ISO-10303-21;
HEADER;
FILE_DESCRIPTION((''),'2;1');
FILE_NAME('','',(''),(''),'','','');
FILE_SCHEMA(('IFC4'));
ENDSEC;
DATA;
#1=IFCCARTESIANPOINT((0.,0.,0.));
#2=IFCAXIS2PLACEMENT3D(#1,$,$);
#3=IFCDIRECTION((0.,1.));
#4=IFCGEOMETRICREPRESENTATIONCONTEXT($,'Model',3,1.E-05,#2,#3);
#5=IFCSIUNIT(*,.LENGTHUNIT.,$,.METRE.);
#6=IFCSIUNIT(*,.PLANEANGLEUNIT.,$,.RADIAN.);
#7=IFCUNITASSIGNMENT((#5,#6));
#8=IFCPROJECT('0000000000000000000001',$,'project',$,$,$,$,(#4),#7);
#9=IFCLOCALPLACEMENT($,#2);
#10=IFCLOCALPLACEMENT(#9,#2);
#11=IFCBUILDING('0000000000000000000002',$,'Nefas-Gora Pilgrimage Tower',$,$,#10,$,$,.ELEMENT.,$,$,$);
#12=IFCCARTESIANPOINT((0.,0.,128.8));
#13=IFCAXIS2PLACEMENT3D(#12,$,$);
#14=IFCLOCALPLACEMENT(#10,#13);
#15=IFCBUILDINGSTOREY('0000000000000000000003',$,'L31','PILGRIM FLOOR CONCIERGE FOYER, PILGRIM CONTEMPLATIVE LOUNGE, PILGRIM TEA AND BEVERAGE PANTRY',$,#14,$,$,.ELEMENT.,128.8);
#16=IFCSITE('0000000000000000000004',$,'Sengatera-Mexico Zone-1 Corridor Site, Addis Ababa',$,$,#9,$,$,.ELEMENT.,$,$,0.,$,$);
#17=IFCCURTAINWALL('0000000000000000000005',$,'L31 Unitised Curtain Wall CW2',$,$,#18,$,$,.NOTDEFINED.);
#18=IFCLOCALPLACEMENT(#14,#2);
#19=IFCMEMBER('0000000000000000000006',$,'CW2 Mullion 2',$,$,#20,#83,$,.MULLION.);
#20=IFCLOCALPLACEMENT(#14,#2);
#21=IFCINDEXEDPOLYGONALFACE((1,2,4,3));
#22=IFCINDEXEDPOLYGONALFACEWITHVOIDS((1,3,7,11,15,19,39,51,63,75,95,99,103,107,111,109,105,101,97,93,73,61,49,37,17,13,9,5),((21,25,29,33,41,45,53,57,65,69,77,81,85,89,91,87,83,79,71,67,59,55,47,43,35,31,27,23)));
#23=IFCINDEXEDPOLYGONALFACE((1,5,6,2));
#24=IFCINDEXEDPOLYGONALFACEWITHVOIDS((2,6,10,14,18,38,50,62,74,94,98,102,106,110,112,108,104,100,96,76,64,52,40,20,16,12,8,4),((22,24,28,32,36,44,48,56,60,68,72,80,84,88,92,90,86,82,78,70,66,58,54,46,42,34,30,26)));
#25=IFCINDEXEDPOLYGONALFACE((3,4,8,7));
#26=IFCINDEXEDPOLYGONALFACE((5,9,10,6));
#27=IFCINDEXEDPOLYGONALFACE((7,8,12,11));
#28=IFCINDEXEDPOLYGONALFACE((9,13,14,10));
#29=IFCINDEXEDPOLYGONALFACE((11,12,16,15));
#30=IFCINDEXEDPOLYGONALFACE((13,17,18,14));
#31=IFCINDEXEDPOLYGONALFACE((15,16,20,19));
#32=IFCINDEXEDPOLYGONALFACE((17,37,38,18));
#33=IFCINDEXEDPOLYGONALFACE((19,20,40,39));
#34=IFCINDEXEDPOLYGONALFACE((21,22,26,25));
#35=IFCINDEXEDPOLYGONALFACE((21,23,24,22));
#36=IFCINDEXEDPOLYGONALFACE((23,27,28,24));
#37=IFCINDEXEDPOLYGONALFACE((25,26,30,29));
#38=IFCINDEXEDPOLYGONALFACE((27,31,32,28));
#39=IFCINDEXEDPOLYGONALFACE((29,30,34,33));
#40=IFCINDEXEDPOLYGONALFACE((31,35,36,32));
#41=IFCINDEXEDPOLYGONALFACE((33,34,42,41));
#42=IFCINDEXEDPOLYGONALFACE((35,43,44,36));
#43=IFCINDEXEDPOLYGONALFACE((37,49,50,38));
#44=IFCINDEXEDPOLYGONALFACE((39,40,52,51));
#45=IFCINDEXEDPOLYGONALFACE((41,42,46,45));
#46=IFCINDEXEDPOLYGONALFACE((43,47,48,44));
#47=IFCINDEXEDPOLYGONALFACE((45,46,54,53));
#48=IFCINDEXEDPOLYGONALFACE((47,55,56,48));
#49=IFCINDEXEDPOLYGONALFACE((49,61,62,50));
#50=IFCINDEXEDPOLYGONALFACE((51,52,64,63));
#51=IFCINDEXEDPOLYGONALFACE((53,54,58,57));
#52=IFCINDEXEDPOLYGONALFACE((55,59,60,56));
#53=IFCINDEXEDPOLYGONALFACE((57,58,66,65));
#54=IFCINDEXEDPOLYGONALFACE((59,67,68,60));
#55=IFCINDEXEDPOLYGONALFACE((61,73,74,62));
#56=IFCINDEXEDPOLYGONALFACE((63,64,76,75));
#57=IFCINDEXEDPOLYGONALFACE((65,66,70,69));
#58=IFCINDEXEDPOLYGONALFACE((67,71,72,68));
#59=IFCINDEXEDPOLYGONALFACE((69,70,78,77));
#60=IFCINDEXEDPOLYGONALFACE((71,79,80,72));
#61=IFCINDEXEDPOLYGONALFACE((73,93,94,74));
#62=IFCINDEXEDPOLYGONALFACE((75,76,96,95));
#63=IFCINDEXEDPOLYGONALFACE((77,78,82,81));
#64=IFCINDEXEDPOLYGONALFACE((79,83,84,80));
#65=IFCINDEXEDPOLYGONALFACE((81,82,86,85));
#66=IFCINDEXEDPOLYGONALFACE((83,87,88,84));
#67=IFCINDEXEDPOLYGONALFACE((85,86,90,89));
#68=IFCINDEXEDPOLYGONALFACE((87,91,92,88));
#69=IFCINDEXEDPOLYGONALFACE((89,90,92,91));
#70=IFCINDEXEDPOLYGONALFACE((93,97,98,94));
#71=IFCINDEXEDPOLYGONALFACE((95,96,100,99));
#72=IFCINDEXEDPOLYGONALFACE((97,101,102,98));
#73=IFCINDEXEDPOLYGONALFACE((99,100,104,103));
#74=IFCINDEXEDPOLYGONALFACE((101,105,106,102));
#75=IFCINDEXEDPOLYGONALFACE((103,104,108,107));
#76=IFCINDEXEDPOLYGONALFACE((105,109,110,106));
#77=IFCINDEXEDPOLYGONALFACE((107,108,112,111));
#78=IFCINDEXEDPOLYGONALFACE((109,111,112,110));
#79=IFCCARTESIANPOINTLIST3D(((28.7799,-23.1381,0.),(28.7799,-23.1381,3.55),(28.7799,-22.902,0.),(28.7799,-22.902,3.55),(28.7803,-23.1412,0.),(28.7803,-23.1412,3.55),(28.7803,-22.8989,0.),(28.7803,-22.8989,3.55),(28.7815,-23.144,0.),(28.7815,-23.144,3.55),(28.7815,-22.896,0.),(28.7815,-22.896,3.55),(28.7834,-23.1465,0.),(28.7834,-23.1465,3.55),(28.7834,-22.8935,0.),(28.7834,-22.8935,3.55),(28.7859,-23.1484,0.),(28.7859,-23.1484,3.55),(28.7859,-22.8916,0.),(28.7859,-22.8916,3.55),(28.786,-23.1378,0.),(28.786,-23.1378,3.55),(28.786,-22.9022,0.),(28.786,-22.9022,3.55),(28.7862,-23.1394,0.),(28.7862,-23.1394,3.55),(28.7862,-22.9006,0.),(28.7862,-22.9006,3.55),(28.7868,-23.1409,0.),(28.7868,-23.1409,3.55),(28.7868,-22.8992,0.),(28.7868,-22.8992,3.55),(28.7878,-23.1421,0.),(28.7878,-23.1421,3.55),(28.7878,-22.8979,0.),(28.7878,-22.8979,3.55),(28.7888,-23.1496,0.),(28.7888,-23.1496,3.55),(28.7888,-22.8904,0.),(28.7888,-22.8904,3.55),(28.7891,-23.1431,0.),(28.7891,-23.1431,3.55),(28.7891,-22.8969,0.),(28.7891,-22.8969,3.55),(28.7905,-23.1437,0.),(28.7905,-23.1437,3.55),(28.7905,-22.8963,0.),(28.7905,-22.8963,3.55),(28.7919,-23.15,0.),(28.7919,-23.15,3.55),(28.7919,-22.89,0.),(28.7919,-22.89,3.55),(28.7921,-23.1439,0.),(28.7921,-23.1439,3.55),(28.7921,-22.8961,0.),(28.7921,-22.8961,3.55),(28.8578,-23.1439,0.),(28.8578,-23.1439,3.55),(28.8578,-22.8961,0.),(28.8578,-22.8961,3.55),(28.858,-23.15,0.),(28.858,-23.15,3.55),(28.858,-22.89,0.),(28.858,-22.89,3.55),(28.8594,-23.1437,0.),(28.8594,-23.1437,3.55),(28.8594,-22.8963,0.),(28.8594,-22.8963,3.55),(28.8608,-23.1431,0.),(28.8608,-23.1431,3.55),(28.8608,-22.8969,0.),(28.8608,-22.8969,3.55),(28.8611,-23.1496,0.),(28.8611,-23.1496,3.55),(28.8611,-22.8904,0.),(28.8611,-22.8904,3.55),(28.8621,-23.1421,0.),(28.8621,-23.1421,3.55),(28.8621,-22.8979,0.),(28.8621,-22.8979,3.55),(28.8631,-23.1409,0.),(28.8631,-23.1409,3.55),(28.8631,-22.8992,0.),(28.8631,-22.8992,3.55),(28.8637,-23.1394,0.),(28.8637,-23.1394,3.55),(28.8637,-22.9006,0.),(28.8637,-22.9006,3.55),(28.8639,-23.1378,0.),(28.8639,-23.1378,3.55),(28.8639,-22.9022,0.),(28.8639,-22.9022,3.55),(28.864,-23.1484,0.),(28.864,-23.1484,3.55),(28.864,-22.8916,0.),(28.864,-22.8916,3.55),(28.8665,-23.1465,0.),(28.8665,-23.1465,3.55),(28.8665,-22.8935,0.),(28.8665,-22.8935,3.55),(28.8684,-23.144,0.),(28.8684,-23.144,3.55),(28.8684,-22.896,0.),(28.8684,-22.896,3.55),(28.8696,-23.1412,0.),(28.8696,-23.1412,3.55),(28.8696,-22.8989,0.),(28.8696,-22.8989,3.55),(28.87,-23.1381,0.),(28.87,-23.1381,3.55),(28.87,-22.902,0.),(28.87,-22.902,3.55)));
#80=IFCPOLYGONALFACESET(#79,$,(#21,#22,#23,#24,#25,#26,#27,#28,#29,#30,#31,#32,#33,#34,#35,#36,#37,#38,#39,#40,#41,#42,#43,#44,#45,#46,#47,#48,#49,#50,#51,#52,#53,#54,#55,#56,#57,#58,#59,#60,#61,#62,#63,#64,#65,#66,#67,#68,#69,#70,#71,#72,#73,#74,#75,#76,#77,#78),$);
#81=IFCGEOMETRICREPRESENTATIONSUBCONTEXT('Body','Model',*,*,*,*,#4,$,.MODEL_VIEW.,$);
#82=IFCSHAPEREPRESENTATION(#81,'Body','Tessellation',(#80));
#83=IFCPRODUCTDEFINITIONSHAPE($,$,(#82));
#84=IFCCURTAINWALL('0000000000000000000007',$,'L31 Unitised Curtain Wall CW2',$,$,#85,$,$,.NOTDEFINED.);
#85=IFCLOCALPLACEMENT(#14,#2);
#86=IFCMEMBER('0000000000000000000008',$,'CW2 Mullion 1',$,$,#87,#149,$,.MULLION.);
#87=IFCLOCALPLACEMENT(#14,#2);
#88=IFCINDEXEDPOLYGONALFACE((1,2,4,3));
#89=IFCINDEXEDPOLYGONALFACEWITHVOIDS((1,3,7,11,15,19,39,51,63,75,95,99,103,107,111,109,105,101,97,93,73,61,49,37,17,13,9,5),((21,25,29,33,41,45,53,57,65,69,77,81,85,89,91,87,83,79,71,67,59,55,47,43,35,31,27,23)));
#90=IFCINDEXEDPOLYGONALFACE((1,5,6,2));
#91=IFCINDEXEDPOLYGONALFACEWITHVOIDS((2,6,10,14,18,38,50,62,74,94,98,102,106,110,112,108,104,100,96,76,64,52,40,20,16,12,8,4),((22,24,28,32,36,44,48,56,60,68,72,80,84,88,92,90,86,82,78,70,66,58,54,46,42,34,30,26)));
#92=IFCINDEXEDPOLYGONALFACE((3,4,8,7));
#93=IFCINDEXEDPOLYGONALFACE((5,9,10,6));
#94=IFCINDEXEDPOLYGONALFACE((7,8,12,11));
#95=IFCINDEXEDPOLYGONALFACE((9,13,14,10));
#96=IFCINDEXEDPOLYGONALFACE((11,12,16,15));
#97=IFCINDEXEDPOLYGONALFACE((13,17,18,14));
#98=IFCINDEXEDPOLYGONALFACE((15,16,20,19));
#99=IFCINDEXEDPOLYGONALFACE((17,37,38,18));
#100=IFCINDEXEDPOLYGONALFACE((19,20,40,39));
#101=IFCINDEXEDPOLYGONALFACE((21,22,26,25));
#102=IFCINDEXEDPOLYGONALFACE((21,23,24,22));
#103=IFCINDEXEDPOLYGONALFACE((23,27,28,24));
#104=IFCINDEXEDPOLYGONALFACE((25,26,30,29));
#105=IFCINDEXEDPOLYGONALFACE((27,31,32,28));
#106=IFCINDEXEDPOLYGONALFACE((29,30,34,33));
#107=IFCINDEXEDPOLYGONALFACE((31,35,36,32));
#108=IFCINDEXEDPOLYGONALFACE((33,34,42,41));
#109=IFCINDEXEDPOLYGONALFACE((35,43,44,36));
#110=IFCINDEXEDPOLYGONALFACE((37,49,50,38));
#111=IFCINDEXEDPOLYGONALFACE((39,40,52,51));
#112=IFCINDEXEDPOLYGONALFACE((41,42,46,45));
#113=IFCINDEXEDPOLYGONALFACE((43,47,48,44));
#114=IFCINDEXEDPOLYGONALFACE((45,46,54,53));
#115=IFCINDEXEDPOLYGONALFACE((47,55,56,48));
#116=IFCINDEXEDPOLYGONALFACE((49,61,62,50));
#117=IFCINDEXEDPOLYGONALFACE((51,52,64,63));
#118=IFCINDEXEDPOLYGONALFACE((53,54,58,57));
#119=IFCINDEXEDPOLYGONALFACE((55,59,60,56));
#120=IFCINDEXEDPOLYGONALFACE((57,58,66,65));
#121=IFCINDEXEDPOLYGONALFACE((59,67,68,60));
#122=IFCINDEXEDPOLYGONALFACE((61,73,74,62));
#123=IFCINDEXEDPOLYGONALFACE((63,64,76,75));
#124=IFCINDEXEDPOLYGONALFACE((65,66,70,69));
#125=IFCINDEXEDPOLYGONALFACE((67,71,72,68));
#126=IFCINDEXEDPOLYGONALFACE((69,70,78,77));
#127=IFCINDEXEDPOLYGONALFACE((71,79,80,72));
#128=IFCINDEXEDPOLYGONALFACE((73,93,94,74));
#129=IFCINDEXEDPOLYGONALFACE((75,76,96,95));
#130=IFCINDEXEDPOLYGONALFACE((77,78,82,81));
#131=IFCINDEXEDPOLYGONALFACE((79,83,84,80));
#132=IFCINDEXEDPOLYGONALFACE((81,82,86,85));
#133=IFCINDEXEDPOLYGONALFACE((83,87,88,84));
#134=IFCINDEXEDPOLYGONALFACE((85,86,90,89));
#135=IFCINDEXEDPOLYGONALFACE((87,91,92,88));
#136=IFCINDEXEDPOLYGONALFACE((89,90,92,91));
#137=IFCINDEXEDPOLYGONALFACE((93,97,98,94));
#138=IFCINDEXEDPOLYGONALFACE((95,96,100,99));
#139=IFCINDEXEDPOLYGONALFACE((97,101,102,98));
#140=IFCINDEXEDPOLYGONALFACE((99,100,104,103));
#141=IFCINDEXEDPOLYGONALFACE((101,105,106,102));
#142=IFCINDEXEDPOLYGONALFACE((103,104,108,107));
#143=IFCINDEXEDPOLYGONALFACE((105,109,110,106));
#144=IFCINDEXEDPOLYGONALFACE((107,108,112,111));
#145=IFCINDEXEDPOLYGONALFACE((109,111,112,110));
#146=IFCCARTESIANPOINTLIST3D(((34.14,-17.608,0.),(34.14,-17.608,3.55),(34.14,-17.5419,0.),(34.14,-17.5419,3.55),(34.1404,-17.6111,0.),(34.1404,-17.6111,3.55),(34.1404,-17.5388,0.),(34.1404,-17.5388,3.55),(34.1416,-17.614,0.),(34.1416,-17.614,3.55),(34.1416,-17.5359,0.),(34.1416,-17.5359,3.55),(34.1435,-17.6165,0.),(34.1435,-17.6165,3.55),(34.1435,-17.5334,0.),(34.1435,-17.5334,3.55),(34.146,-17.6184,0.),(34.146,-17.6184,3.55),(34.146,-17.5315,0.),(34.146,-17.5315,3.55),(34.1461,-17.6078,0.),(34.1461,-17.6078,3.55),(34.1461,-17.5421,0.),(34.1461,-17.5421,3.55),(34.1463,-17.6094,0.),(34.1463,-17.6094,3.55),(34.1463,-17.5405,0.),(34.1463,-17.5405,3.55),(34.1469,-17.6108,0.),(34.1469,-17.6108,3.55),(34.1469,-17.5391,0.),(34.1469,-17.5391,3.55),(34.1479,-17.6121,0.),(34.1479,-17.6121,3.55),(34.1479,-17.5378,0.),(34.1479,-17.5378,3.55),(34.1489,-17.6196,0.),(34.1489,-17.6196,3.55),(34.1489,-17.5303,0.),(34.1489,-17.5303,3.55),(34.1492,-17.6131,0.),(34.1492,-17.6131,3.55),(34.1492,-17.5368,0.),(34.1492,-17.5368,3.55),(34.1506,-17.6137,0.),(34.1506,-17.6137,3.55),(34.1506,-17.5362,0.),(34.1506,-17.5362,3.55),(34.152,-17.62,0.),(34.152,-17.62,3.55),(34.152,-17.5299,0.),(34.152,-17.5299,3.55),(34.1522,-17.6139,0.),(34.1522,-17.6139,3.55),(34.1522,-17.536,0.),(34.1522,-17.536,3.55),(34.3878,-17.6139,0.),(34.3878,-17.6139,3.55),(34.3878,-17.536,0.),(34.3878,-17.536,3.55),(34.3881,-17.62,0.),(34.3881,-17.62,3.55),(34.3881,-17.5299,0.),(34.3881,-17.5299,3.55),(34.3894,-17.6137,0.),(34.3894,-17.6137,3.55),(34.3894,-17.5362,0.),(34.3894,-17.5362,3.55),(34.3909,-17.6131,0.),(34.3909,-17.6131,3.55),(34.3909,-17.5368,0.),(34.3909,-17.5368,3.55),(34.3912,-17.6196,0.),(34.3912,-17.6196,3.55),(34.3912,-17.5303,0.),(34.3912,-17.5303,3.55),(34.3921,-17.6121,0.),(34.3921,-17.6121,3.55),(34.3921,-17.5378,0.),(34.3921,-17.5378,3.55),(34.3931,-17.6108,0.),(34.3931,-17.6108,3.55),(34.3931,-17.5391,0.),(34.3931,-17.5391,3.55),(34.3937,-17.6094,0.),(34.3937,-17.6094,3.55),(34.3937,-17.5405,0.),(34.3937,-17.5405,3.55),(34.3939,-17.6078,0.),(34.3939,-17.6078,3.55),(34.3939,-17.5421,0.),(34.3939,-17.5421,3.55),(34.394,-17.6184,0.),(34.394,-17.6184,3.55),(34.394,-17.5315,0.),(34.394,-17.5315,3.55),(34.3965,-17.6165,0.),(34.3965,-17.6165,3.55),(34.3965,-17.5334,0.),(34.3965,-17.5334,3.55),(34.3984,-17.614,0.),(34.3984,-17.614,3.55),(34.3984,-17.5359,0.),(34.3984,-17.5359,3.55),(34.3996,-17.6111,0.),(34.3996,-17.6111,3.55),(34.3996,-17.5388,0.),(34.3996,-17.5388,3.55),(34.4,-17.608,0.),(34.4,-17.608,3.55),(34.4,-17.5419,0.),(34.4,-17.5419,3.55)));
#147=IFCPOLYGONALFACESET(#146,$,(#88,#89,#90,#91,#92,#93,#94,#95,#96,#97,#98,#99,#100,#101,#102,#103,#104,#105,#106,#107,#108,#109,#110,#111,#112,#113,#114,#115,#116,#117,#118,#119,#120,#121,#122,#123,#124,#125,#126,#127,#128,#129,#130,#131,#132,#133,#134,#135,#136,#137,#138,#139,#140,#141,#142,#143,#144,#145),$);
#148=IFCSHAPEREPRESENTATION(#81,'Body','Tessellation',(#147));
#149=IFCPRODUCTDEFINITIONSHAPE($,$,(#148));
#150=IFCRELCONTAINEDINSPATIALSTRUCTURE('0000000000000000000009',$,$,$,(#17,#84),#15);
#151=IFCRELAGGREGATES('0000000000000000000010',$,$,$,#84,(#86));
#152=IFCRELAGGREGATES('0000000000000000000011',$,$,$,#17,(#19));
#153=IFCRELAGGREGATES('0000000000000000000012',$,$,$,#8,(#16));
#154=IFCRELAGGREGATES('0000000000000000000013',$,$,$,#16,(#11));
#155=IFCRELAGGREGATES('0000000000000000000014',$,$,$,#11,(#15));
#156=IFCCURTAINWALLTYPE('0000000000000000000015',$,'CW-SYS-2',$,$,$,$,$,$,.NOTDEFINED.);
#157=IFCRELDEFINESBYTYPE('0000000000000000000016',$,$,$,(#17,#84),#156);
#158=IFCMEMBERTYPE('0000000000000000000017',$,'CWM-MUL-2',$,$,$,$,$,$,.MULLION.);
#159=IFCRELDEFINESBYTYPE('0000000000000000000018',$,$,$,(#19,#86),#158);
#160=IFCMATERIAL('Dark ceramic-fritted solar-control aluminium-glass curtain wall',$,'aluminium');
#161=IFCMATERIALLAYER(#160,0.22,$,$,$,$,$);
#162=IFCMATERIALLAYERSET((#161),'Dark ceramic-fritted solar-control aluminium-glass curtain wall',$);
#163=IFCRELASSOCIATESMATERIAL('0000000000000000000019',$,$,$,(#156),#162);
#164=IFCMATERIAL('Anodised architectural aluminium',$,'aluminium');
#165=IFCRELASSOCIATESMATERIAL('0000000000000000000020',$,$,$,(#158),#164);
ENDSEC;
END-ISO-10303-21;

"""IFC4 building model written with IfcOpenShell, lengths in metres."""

from ifc_helpers import new_model, si_unit, direction, frame, origin, origin_2d, place, context, subcontext, project, spatial, hollow_rectangle, extrude, source, transform, mapped, material, layer, layer_set, material_profile, profile_set, type_object, element, aggregate, save


model = new_model("IFC4")

# Units and contexts
model_context = context("Model", 3, precision=1e-05, world=origin(), true_north=direction((0.0, 1.0)))
body_context = subcontext(model_context, "Body", "Model", "MODEL_VIEW")
ifc_project = project(units=[si_unit("LENGTHUNIT", "METRE"), si_unit("PLANEANGLEUNIT", "RADIAN")], contexts=[model_context])

# Site, building, storey
site_placement = place(None, origin())
site = spatial("IfcSite", under=ifc_project, at=site_placement, Name="Sengatera-Mexico Zone-1 Corridor Site, Addis Ababa", CompositionType="ELEMENT", RefElevation=0.0)
building_placement = place(site_placement, origin())
building = spatial("IfcBuilding", under=site, at=building_placement, Name="Nefas-Gora Pilgrimage Tower", CompositionType="ELEMENT")
storey_placement = place(building_placement, frame((0.0, 0.0, 128.8)))
storey = spatial("IfcBuildingStorey", under=building, at=storey_placement, Name="L31", Description="PILGRIM FLOOR CONCIERGE FOYER, PILGRIM CONTEMPLATIVE LOUNGE, PILGRIM TEA AND BEVERAGE PANTRY", CompositionType="ELEMENT", Elevation=128.8)

# Curtain wall, member
ifc_material_1 = material(Name="Dark ceramic-fritted solar-control aluminium-glass curtain wall", Category="aluminium")
ifc_layer_1 = layer(ifc_material_1, 0.22)
ifc_layer_set_1 = layer_set([ifc_layer_1], Name="Dark ceramic-fritted solar-control aluminium-glass curtain wall")
curtain_wall_type = type_object("IfcCurtainWallType", Name="CW-SYS-2", PredefinedType="NOTDEFINED", material=ifc_layer_set_1)
curtain_wall_1_placement = place(storey_placement, origin())
curtain_wall_1 = element("IfcCurtainWall", 1, at=curtain_wall_1_placement, inside=storey, type_object=curtain_wall_type, Name="L31 Unitised Curtain Wall CW2", PredefinedType="NOTDEFINED")
ifc_material_2 = material(Name="Anodised architectural aluminium", Category="aluminium")
ifc_material_profile_1 = material_profile(ifc_material_2, hollow_rectangle(XDim=0.0901, YDim=0.26, WallThickness=0.0061, InnerFilletRadius=0.0061, OuterFilletRadius=0.012, at=origin_2d()), Name="ALU MULLION 90x260")
ifc_profile_set_1 = profile_set([ifc_material_profile_1], Name="Anodised architectural aluminium")
member_type_1 = type_object("IfcMemberType", Name="CWM-MUL-2", PredefinedType="MULLION", material=ifc_profile_set_1)
shared_shape_1 = source(origin(), body_context, "Body", "SweptSolid", [
    extrude(hollow_rectangle(XDim=0.0901, YDim=0.26, WallThickness=0.0061, InnerFilletRadius=0.0061, OuterFilletRadius=0.012, at=origin_2d()), origin(), (0.0, 0.0, 1.0), 3.55),
])
member_1_placement = place(storey_placement, frame((28.825, -23.02, 0.0), z_axis=(0.0, 0.0, 1.0), x_axis=(1.0, 0.0, 0.0)))
member_1 = element("IfcMember", 2, at=member_1_placement, type_object=member_type_1, Name="CW2 Mullion 2", PredefinedType="MULLION", context=body_context, shape_type="MappedRepresentation", body=[
    mapped(shared_shape_1, transform((0.0, 0.0, 0.0), x_axis=(1.0, 0.0, 0.0), y_axis=(0.0, 1.0, 0.0), z_axis=(0.0, 0.0, 1.0), scale=1.0)),
])

# Curtain wall, member
curtain_wall_2_placement = place(storey_placement, origin())
curtain_wall_2 = element("IfcCurtainWall", 3, at=curtain_wall_2_placement, inside=storey, type_object=curtain_wall_type, Name="L31 Unitised Curtain Wall CW2", PredefinedType="NOTDEFINED")
member_2_placement = place(storey_placement, frame((34.27, -17.575, 0.0), z_axis=(0.0, 0.0, 1.0), x_axis=(0.0, 1.0, 0.0)))
member_2 = element("IfcMember", 4, at=member_2_placement, type_object=member_type_1, Name="CW2 Mullion 1", PredefinedType="MULLION", context=body_context, shape_type="MappedRepresentation", body=[
    mapped(shared_shape_1, transform((0.0, 0.0, 0.0), x_axis=(1.0, 0.0, 0.0), y_axis=(0.0, 1.0, 0.0), z_axis=(0.0, 0.0, 1.0), scale=1.0)),
])
aggregate(curtain_wall_2, [member_2])

aggregate(curtain_wall_1, [member_1])

save(model, "model.ifc")
